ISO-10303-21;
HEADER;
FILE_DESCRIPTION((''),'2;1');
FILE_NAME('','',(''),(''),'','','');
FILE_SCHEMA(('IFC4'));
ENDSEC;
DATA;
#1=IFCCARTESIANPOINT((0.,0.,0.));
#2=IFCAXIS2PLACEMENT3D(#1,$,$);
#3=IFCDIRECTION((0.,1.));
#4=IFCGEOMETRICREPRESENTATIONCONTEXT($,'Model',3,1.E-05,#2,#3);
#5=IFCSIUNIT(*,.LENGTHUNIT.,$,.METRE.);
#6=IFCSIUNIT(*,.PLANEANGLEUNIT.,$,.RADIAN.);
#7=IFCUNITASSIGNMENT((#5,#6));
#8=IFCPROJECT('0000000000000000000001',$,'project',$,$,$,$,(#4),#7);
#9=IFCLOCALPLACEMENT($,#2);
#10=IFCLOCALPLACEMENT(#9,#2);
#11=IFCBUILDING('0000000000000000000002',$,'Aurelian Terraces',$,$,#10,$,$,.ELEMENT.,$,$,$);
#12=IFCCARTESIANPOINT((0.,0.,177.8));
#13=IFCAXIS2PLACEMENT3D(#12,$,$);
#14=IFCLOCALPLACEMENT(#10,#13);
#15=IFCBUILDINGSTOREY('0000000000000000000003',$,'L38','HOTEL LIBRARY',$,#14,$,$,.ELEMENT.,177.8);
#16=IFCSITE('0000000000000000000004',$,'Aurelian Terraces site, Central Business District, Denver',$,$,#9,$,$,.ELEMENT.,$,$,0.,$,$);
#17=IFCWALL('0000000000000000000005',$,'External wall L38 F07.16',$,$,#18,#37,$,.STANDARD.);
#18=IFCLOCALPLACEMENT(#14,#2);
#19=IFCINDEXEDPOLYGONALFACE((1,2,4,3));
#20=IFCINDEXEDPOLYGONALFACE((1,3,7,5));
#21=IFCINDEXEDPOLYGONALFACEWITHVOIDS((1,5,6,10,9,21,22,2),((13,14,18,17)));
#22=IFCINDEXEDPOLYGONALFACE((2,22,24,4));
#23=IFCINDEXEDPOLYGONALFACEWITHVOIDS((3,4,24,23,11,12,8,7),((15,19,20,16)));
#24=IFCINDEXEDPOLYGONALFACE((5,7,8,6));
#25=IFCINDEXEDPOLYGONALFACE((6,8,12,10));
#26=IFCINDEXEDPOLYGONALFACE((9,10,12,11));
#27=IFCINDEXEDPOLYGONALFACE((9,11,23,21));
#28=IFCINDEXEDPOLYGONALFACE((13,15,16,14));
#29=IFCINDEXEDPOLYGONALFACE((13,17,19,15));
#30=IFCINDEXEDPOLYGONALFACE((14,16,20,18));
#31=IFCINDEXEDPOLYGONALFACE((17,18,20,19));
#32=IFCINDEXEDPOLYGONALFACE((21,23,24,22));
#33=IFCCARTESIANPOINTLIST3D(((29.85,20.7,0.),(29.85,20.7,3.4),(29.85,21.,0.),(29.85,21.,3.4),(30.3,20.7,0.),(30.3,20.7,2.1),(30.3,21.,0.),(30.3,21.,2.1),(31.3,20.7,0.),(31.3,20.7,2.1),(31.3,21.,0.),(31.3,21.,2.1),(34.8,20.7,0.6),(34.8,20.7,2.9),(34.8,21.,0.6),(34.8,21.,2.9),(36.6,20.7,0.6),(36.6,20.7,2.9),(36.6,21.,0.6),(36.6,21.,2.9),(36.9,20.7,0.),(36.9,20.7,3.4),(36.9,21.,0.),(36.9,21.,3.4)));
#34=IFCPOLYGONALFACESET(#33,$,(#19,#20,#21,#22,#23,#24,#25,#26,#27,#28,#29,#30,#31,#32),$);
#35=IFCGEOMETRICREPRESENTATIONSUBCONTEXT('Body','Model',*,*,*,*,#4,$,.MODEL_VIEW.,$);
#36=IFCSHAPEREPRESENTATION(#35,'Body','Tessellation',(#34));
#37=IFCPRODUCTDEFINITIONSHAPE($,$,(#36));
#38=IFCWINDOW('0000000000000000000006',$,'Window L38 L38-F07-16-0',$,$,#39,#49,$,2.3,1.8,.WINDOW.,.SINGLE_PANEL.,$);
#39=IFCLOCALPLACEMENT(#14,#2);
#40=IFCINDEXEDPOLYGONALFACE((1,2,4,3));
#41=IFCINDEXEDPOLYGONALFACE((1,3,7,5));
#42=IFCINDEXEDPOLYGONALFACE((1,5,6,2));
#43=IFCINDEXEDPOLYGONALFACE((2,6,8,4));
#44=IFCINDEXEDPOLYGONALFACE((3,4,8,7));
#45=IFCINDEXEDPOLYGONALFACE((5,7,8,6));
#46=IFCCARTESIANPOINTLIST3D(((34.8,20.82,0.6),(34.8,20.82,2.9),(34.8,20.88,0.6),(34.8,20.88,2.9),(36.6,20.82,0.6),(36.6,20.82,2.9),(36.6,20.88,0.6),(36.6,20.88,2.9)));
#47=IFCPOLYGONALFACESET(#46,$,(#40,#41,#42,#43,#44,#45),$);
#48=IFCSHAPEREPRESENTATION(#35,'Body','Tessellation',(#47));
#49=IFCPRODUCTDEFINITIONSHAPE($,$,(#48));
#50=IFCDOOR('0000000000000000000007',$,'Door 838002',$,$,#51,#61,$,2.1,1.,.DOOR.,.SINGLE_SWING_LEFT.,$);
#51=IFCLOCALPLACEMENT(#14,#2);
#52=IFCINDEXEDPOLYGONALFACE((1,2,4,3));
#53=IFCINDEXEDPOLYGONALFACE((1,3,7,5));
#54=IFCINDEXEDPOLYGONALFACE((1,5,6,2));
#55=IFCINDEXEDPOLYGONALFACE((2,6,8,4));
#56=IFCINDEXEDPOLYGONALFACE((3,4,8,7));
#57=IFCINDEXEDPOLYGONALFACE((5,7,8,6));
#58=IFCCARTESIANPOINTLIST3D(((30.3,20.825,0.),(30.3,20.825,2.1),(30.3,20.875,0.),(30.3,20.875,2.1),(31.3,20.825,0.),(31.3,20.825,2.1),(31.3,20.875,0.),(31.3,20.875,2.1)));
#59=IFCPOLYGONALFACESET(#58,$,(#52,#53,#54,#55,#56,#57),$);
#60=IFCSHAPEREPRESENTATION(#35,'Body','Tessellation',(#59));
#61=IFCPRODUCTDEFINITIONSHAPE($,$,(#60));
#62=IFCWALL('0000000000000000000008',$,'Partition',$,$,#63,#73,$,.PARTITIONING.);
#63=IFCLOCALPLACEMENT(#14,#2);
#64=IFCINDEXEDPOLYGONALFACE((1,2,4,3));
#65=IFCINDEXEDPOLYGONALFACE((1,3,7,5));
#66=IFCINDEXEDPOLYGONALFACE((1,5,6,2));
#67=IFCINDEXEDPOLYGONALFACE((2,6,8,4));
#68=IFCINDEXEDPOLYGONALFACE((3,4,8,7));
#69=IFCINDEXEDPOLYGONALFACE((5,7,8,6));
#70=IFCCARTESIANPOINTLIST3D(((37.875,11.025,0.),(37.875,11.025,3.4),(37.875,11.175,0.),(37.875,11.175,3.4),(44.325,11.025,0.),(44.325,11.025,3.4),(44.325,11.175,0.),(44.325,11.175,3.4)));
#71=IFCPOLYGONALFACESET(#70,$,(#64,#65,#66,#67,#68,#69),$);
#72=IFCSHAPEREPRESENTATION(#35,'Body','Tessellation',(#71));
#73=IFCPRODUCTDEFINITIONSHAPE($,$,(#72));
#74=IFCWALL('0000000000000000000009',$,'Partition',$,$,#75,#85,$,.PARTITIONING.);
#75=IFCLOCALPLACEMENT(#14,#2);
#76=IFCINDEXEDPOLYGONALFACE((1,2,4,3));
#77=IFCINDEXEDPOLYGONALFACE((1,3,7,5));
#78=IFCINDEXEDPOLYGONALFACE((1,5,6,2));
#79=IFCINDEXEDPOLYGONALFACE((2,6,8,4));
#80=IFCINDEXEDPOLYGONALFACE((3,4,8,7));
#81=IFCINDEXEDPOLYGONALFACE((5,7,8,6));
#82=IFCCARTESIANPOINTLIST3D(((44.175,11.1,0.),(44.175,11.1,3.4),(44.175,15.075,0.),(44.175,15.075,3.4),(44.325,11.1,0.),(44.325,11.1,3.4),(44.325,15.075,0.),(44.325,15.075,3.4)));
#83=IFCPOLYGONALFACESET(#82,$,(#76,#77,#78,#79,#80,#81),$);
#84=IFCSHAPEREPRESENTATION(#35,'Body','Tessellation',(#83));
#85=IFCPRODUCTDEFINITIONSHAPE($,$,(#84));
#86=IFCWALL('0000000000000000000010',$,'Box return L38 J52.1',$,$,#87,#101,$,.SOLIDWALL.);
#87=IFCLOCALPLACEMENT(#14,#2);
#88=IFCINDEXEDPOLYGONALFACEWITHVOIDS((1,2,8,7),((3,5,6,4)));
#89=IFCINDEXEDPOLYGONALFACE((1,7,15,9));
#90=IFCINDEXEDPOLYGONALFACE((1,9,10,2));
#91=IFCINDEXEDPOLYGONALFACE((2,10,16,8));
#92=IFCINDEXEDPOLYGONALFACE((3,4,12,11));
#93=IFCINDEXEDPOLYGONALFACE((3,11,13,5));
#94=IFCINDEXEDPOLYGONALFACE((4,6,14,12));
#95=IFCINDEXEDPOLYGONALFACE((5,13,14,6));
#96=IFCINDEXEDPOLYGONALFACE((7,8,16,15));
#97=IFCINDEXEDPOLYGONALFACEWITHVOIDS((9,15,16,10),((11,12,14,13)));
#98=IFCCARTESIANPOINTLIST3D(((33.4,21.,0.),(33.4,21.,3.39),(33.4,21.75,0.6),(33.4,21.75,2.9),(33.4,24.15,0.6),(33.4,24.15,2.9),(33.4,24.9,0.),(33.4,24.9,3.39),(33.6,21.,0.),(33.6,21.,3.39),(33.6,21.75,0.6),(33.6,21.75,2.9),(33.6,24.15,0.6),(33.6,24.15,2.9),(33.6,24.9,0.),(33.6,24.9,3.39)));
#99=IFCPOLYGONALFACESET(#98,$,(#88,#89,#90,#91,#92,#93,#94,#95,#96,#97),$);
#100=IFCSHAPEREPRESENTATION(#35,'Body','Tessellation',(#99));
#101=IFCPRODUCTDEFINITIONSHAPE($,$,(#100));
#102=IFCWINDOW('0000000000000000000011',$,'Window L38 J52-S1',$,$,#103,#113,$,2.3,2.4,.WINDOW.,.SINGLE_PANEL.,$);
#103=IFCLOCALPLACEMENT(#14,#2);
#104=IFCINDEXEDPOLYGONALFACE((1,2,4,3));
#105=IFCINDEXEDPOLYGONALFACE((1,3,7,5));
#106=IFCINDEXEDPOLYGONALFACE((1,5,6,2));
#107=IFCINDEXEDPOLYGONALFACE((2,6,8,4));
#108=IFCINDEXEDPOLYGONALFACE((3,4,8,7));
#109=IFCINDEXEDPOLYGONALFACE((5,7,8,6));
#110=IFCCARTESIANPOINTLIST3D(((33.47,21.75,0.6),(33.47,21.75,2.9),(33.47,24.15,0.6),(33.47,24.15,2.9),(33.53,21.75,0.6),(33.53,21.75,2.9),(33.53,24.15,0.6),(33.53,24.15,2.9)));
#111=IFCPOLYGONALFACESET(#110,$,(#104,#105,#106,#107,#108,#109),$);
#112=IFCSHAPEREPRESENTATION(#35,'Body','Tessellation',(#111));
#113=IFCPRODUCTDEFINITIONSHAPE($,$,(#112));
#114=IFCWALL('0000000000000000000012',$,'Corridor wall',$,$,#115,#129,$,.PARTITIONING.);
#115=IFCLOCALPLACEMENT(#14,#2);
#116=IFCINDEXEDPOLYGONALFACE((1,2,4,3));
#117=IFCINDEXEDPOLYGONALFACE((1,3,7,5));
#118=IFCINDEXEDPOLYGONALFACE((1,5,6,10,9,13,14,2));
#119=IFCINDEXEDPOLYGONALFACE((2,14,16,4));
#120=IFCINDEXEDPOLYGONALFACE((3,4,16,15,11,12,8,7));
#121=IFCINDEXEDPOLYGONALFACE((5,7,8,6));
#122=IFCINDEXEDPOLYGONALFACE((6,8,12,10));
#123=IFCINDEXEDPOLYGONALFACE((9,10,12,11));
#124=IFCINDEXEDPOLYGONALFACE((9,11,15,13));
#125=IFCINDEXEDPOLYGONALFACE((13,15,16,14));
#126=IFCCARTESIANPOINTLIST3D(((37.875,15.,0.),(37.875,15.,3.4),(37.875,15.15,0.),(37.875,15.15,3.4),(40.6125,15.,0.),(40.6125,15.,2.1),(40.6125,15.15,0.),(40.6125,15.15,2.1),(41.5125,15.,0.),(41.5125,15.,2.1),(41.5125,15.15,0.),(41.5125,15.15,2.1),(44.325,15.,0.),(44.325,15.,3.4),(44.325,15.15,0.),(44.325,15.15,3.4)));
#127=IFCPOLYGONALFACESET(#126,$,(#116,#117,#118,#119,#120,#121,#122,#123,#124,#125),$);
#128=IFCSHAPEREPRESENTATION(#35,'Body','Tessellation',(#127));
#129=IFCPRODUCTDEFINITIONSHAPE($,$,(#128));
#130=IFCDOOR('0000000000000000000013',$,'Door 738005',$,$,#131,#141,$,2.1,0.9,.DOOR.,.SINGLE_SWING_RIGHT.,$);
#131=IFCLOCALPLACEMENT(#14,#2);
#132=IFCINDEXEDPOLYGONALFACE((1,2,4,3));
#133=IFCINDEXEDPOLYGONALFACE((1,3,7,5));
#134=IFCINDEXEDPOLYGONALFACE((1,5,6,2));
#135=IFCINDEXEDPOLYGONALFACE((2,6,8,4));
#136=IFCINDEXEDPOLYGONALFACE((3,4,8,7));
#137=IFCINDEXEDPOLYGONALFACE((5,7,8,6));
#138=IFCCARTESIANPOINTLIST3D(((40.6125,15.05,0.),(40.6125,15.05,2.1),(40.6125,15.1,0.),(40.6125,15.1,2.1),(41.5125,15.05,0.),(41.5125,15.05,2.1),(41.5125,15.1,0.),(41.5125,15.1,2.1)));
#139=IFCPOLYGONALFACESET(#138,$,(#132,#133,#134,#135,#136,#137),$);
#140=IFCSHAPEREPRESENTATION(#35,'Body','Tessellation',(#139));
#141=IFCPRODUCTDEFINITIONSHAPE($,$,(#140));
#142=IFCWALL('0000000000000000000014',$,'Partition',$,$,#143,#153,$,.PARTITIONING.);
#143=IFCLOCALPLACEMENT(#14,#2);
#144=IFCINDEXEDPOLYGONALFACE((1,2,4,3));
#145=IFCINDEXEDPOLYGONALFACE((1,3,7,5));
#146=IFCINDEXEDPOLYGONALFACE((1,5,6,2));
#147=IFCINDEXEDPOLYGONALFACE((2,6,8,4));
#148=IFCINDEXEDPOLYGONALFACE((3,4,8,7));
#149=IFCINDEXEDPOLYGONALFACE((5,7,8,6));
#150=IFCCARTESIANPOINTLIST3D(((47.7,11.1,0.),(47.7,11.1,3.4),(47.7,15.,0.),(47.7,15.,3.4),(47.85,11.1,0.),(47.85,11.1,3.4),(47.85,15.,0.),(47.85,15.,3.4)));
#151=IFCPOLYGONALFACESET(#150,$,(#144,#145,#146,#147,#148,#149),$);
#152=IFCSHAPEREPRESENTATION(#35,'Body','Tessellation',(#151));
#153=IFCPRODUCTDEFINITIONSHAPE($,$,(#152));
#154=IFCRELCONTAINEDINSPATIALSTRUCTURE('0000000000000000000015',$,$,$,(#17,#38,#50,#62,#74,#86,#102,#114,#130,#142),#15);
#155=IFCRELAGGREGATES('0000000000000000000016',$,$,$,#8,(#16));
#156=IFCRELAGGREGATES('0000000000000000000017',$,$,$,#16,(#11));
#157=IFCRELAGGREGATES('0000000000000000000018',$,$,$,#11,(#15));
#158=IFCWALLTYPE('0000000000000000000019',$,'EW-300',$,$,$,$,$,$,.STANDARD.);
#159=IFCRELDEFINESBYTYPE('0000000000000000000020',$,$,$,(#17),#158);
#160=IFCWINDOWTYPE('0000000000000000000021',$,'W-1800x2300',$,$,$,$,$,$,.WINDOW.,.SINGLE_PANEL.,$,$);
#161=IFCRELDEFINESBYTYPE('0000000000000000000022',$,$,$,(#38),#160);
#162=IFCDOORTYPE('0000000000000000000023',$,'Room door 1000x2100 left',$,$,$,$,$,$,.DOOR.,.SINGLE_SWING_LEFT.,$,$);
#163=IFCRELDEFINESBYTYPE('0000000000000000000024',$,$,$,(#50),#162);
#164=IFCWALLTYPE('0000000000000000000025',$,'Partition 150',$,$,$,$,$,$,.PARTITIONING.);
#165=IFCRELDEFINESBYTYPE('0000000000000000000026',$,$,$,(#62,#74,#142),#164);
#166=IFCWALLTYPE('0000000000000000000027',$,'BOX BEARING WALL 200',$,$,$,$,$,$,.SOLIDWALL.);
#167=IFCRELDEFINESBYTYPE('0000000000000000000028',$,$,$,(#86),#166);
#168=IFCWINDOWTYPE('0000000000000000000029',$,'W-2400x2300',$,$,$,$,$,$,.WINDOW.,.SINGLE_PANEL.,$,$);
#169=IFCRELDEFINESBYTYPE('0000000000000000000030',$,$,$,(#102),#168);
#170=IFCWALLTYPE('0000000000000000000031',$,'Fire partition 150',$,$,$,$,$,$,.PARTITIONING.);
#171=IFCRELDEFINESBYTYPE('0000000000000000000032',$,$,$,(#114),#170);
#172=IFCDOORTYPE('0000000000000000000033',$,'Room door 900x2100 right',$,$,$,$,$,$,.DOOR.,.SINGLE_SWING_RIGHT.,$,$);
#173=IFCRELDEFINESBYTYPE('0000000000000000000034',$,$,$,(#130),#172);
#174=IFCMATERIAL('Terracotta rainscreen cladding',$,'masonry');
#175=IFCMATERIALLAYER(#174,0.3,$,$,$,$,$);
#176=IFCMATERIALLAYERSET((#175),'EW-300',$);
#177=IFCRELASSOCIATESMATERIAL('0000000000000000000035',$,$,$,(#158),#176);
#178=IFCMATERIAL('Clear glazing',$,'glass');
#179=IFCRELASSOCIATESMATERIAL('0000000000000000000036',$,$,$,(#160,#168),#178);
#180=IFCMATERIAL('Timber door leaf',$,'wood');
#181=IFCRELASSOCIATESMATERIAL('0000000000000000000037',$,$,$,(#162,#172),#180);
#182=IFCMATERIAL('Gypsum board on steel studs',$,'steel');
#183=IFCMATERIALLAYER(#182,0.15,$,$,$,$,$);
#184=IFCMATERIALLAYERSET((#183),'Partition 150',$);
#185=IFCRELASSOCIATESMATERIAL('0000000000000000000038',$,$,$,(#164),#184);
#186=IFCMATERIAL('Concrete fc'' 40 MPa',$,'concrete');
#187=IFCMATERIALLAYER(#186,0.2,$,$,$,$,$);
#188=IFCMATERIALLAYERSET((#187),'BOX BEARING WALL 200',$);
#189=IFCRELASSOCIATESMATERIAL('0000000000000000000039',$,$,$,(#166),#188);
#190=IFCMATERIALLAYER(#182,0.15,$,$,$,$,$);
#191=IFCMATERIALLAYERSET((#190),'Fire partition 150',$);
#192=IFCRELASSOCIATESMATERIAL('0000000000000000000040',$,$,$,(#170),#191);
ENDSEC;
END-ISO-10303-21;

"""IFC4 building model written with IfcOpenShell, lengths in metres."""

from ifc_helpers import new_model, si_unit, direction, frame, frame_2d, origin, place, context, subcontext, project, spatial, rectangle, extrude, source, transform, mapped, material, layer, layer_set, type_object, element, fill, save


model = new_model("IFC4")

# Units and contexts
model_context = context("Model", 3, precision=1e-05, world=origin(), true_north=direction((0.0, 1.0)))
body_context = subcontext(model_context, "Body", "Model", "MODEL_VIEW")
ifc_project = project(units=[si_unit("LENGTHUNIT", "METRE"), si_unit("PLANEANGLEUNIT", "RADIAN")], contexts=[model_context])

# Site, building, storey
site_placement = place(None, origin())
site = spatial("IfcSite", under=ifc_project, at=site_placement, Name="Aurelian Terraces site, Central Business District, Denver", CompositionType="ELEMENT", RefElevation=0.0)
building_placement = place(site_placement, origin())
building = spatial("IfcBuilding", under=site, at=building_placement, Name="Aurelian Terraces", CompositionType="ELEMENT")
storey_placement = place(building_placement, frame((0.0, 0.0, 177.8)))
storey = spatial("IfcBuildingStorey", under=building, at=storey_placement, Name="L38", Description="HOTEL LIBRARY", CompositionType="ELEMENT", Elevation=177.8)

# Shared definitions
ifc_material_1 = material(Name="Concrete fc' 40 MPa", Category="concrete")
ifc_material_2 = material(Name="Clear glazing", Category="glass")

# Shared definitions
ifc_material_3 = material(Name="Terracotta rainscreen cladding", Category="masonry")
ifc_layer_1 = layer(ifc_material_3, 0.3)
ifc_layer_set_1 = layer_set([ifc_layer_1], Name="EW-300")
wall_type_1 = type_object("IfcWallType", Name="EW-300", PredefinedType="STANDARD", material=ifc_layer_set_1)

# Wall, openings, window, door
wall_1_placement = place(storey_placement, frame((36.9, 20.85, 0.0), z_axis=(0.0, 0.0, 1.0), x_axis=(-1.0, 0.0, 0.0)))
wall_1 = element("IfcWall", 1, at=wall_1_placement, inside=storey, type_object=wall_type_1, Name="External wall L38 F07.16", PredefinedType="STANDARD", context=body_context, shape_type="SweptSolid", body=[
    extrude(rectangle(XDim=7.05, YDim=0.3, at=frame_2d((3.525, 0.0))), origin(), (0.0, 0.0, 1.0), 3.4),
])
shared_shape_1 = source(origin(), body_context, "Body", "SweptSolid", [
    extrude(rectangle(XDim=1.8, YDim=2.3, at=frame_2d((0.9, 1.15))), frame((0.0, 0.16, 0.0), z_axis=(0.0, -1.0, 0.0), x_axis=(1.0, 0.0, 0.0)), (0.0, 0.0, 1.0), 0.32),
])
opening_1_placement = place(wall_1_placement, frame((0.3, 0.0, 0.6)))
opening_1 = element("IfcOpeningElement", 2, at=opening_1_placement, cuts=wall_1, PredefinedType="OPENING", context=body_context, shape_type="MappedRepresentation", body=[
    mapped(shared_shape_1, transform((0.0, 0.0, 0.0), scale=1.0)),
])
shared_shape_2 = source(origin(), body_context, "Body", "SweptSolid", [
    extrude(rectangle(XDim=1.0, YDim=2.1, at=frame_2d((0.5, 1.05))), frame((0.0, 0.16, 0.0), z_axis=(0.0, -1.0, 0.0), x_axis=(1.0, 0.0, 0.0)), (0.0, 0.0, 1.0), 0.32),
])
opening_2_placement = place(wall_1_placement, frame((5.6, 0.0, 0.0)))
opening_2 = element("IfcOpeningElement", 3, at=opening_2_placement, cuts=wall_1, PredefinedType="OPENING", context=body_context, shape_type="MappedRepresentation", body=[
    mapped(shared_shape_2, transform((0.0, 0.0, 0.0), scale=1.0)),
])
window_type_1 = type_object("IfcWindowType", Name="W-1800x2300", PartitioningType="SINGLE_PANEL", PredefinedType="WINDOW", material=ifc_material_2)
shared_shape_3 = source(origin(), body_context, "Body", "SweptSolid", [
    extrude(rectangle(XDim=1.8, YDim=2.3, at=frame_2d((0.9, 1.15))), frame((0.0, 0.03, 0.0), z_axis=(0.0, -1.0, 0.0), x_axis=(1.0, 0.0, 0.0)), (0.0, 0.0, 1.0), 0.06),
])
window_1_placement = place(opening_1_placement, origin())
window_1 = element("IfcWindow", 4, at=window_1_placement, inside=storey, type_object=window_type_1, Name="Window L38 L38-F07-16-0", OverallHeight=2.3, OverallWidth=1.8, PartitioningType="SINGLE_PANEL", PredefinedType="WINDOW", context=body_context, shape_type="MappedRepresentation", body=[
    mapped(shared_shape_3, transform((0.0, 0.0, 0.0), scale=1.0)),
])
fill(opening_1, window_1)
ifc_material_4 = material(Name="Timber door leaf", Category="wood")
door_type_1 = type_object("IfcDoorType", Name="Room door 1000x2100 left", OperationType="SINGLE_SWING_LEFT", PredefinedType="DOOR", material=ifc_material_4)
shared_shape_4 = source(origin(), body_context, "Body", "SweptSolid", [
    extrude(rectangle(XDim=1.0, YDim=2.1, at=frame_2d((0.5, 1.05))), frame((0.0, 0.025, 0.0), z_axis=(0.0, -1.0, 0.0), x_axis=(1.0, 0.0, 0.0)), (0.0, 0.0, 1.0), 0.05),
])
door_1_placement = place(opening_2_placement, origin())
door_1 = element("IfcDoor", 5, at=door_1_placement, inside=storey, type_object=door_type_1, Name="Door 838002", OperationType="SINGLE_SWING_LEFT", OverallHeight=2.1, OverallWidth=1.0, PredefinedType="DOOR", context=body_context, shape_type="MappedRepresentation", body=[
    mapped(shared_shape_4, transform((0.0, 0.0, 0.0), scale=1.0)),
])
fill(opening_2, door_1)

# Walls
ifc_material_5 = material(Name="Gypsum board on steel studs", Category="steel")
ifc_layer_2 = layer(ifc_material_5, 0.15)
ifc_layer_set_2 = layer_set([ifc_layer_2], Name="Partition 150")
wall_type_2 = type_object("IfcWallType", Name="Partition 150", PredefinedType="PARTITIONING", material=ifc_layer_set_2)
wall_2_placement = place(storey_placement, frame((37.875, 11.1, 0.0), z_axis=(0.0, 0.0, 1.0), x_axis=(1.0, 0.0, 0.0)))
element("IfcWall", 6, at=wall_2_placement, inside=storey, type_object=wall_type_2, Name="Partition", PredefinedType="PARTITIONING", context=body_context, shape_type="SweptSolid", body=[
    extrude(rectangle(XDim=6.45, YDim=0.15, at=frame_2d((3.225, 0.0))), origin(), (0.0, 0.0, 1.0), 3.4),
])
wall_3_placement = place(storey_placement, frame((44.25, 11.1, 0.0), z_axis=(0.0, 0.0, 1.0), x_axis=(0.0, 1.0, 0.0)))
element("IfcWall", 7, at=wall_3_placement, inside=storey, type_object=wall_type_2, Name="Partition", PredefinedType="PARTITIONING", context=body_context, shape_type="SweptSolid", body=[
    extrude(rectangle(XDim=3.975, YDim=0.15, at=frame_2d((1.9875, 0.0))), origin(), (0.0, 0.0, 1.0), 3.4),
])

# Wall, opening, window
ifc_layer_3 = layer(ifc_material_1, 0.2)
ifc_layer_set_3 = layer_set([ifc_layer_3], Name="BOX BEARING WALL 200")
wall_type_3 = type_object("IfcWallType", Name="BOX BEARING WALL 200", PredefinedType="SOLIDWALL", material=ifc_layer_set_3)
shared_shape_5 = source(origin(), body_context, "Body", "SweptSolid", [
    extrude(rectangle(XDim=3.9, YDim=0.2, at=frame_2d((1.95, 0.0))), origin(), (0.0, 0.0, 1.0), 3.39),
])
wall_4_placement = place(storey_placement, frame((33.5, 21.0, 0.0), z_axis=(0.0, 0.0, 1.0), x_axis=(0.0, 1.0, 0.0)))
wall_4 = element("IfcWall", 8, at=wall_4_placement, inside=storey, type_object=wall_type_3, Name="Box return L38 J52.1", PredefinedType="SOLIDWALL", context=body_context, shape_type="MappedRepresentation", body=[
    mapped(shared_shape_5, transform((0.0, 0.0, 0.0), scale=1.0)),
])
shared_shape_6 = source(origin(), body_context, "Body", "SweptSolid", [
    extrude(rectangle(XDim=2.4, YDim=2.3, at=frame_2d((1.2, 1.15))), frame((0.0, 0.11, 0.0), z_axis=(0.0, -1.0, 0.0), x_axis=(1.0, 0.0, 0.0)), (0.0, 0.0, 1.0), 0.22),
])
opening_3_placement = place(wall_4_placement, frame((0.75, 0.0, 0.6)))
opening_3 = element("IfcOpeningElement", 9, at=opening_3_placement, cuts=wall_4, PredefinedType="OPENING", context=body_context, shape_type="MappedRepresentation", body=[
    mapped(shared_shape_6, transform((0.0, 0.0, 0.0), scale=1.0)),
])
window_type_2 = type_object("IfcWindowType", Name="W-2400x2300", PartitioningType="SINGLE_PANEL", PredefinedType="WINDOW", material=ifc_material_2)
shared_shape_7 = source(origin(), body_context, "Body", "SweptSolid", [
    extrude(rectangle(XDim=2.4, YDim=2.3, at=frame_2d((1.2, 1.15))), frame((0.0, 0.03, 0.0), z_axis=(0.0, -1.0, 0.0), x_axis=(1.0, 0.0, 0.0)), (0.0, 0.0, 1.0), 0.06),
])
window_2_placement = place(opening_3_placement, origin())
window_2 = element("IfcWindow", 10, at=window_2_placement, inside=storey, type_object=window_type_2, Name="Window L38 J52-S1", OverallHeight=2.3, OverallWidth=2.4, PartitioningType="SINGLE_PANEL", PredefinedType="WINDOW", context=body_context, shape_type="MappedRepresentation", body=[
    mapped(shared_shape_7, transform((0.0, 0.0, 0.0), scale=1.0)),
])
fill(opening_3, window_2)

# Wall, opening, door
ifc_layer_4 = layer(ifc_material_5, 0.15)
ifc_layer_set_4 = layer_set([ifc_layer_4], Name="Fire partition 150")
wall_type_4 = type_object("IfcWallType", Name="Fire partition 150", PredefinedType="PARTITIONING", material=ifc_layer_set_4)
shared_shape_8 = source(origin(), body_context, "Body", "SweptSolid", [
    extrude(rectangle(XDim=6.45, YDim=0.15, at=frame_2d((3.225, 0.0))), origin(), (0.0, 0.0, 1.0), 3.4),
])
wall_5_placement = place(storey_placement, frame((44.325, 15.075, 0.0), z_axis=(0.0, 0.0, 1.0), x_axis=(-1.0, 0.0, 0.0)))
wall_5 = element("IfcWall", 11, at=wall_5_placement, inside=storey, type_object=wall_type_4, Name="Corridor wall", PredefinedType="PARTITIONING", context=body_context, shape_type="MappedRepresentation", body=[
    mapped(shared_shape_8, transform((0.0, 0.0, 0.0), scale=1.0)),
])
shared_shape_9 = source(origin(), body_context, "Body", "SweptSolid", [
    extrude(rectangle(XDim=0.9, YDim=2.1, at=frame_2d((0.45, 1.05))), frame((0.0, 0.085, 0.0), z_axis=(0.0, -1.0, 0.0), x_axis=(1.0, 0.0, 0.0)), (0.0, 0.0, 1.0), 0.17),
])
opening_4_placement = place(wall_5_placement, frame((2.8125, 0.0, 0.0)))
opening_4 = element("IfcOpeningElement", 12, at=opening_4_placement, cuts=wall_5, PredefinedType="OPENING", context=body_context, shape_type="MappedRepresentation", body=[
    mapped(shared_shape_9, transform((0.0, 0.0, 0.0), scale=1.0)),
])
door_type_2 = type_object("IfcDoorType", Name="Room door 900x2100 right", OperationType="SINGLE_SWING_RIGHT", PredefinedType="DOOR", material=ifc_material_4)
shared_shape_10 = source(origin(), body_context, "Body", "SweptSolid", [
    extrude(rectangle(XDim=0.9, YDim=2.1, at=frame_2d((0.45, 1.05))), frame((0.0, 0.025, 0.0), z_axis=(0.0, -1.0, 0.0), x_axis=(1.0, 0.0, 0.0)), (0.0, 0.0, 1.0), 0.05),
])
door_2_placement = place(opening_4_placement, origin())
door_2 = element("IfcDoor", 13, at=door_2_placement, inside=storey, type_object=door_type_2, Name="Door 738005", OperationType="SINGLE_SWING_RIGHT", OverallHeight=2.1, OverallWidth=0.9, PredefinedType="DOOR", context=body_context, shape_type="MappedRepresentation", body=[
    mapped(shared_shape_10, transform((0.0, 0.0, 0.0), scale=1.0)),
])
fill(opening_4, door_2)

# Wall
shared_shape_11 = source(origin(), body_context, "Body", "SweptSolid", [
    extrude(rectangle(XDim=3.9, YDim=0.15, at=frame_2d((1.95, 0.0))), origin(), (0.0, 0.0, 1.0), 3.4),
])
wall_6_placement = place(storey_placement, frame((47.775, 11.1, 0.0), z_axis=(0.0, 0.0, 1.0), x_axis=(0.0, 1.0, 0.0)))
element("IfcWall", 14, at=wall_6_placement, inside=storey, type_object=wall_type_2, Name="Partition", PredefinedType="PARTITIONING", context=body_context, shape_type="MappedRepresentation", body=[
    mapped(shared_shape_11, transform((0.0, 0.0, 0.0), scale=1.0)),
])

save(model, "model.ifc")
